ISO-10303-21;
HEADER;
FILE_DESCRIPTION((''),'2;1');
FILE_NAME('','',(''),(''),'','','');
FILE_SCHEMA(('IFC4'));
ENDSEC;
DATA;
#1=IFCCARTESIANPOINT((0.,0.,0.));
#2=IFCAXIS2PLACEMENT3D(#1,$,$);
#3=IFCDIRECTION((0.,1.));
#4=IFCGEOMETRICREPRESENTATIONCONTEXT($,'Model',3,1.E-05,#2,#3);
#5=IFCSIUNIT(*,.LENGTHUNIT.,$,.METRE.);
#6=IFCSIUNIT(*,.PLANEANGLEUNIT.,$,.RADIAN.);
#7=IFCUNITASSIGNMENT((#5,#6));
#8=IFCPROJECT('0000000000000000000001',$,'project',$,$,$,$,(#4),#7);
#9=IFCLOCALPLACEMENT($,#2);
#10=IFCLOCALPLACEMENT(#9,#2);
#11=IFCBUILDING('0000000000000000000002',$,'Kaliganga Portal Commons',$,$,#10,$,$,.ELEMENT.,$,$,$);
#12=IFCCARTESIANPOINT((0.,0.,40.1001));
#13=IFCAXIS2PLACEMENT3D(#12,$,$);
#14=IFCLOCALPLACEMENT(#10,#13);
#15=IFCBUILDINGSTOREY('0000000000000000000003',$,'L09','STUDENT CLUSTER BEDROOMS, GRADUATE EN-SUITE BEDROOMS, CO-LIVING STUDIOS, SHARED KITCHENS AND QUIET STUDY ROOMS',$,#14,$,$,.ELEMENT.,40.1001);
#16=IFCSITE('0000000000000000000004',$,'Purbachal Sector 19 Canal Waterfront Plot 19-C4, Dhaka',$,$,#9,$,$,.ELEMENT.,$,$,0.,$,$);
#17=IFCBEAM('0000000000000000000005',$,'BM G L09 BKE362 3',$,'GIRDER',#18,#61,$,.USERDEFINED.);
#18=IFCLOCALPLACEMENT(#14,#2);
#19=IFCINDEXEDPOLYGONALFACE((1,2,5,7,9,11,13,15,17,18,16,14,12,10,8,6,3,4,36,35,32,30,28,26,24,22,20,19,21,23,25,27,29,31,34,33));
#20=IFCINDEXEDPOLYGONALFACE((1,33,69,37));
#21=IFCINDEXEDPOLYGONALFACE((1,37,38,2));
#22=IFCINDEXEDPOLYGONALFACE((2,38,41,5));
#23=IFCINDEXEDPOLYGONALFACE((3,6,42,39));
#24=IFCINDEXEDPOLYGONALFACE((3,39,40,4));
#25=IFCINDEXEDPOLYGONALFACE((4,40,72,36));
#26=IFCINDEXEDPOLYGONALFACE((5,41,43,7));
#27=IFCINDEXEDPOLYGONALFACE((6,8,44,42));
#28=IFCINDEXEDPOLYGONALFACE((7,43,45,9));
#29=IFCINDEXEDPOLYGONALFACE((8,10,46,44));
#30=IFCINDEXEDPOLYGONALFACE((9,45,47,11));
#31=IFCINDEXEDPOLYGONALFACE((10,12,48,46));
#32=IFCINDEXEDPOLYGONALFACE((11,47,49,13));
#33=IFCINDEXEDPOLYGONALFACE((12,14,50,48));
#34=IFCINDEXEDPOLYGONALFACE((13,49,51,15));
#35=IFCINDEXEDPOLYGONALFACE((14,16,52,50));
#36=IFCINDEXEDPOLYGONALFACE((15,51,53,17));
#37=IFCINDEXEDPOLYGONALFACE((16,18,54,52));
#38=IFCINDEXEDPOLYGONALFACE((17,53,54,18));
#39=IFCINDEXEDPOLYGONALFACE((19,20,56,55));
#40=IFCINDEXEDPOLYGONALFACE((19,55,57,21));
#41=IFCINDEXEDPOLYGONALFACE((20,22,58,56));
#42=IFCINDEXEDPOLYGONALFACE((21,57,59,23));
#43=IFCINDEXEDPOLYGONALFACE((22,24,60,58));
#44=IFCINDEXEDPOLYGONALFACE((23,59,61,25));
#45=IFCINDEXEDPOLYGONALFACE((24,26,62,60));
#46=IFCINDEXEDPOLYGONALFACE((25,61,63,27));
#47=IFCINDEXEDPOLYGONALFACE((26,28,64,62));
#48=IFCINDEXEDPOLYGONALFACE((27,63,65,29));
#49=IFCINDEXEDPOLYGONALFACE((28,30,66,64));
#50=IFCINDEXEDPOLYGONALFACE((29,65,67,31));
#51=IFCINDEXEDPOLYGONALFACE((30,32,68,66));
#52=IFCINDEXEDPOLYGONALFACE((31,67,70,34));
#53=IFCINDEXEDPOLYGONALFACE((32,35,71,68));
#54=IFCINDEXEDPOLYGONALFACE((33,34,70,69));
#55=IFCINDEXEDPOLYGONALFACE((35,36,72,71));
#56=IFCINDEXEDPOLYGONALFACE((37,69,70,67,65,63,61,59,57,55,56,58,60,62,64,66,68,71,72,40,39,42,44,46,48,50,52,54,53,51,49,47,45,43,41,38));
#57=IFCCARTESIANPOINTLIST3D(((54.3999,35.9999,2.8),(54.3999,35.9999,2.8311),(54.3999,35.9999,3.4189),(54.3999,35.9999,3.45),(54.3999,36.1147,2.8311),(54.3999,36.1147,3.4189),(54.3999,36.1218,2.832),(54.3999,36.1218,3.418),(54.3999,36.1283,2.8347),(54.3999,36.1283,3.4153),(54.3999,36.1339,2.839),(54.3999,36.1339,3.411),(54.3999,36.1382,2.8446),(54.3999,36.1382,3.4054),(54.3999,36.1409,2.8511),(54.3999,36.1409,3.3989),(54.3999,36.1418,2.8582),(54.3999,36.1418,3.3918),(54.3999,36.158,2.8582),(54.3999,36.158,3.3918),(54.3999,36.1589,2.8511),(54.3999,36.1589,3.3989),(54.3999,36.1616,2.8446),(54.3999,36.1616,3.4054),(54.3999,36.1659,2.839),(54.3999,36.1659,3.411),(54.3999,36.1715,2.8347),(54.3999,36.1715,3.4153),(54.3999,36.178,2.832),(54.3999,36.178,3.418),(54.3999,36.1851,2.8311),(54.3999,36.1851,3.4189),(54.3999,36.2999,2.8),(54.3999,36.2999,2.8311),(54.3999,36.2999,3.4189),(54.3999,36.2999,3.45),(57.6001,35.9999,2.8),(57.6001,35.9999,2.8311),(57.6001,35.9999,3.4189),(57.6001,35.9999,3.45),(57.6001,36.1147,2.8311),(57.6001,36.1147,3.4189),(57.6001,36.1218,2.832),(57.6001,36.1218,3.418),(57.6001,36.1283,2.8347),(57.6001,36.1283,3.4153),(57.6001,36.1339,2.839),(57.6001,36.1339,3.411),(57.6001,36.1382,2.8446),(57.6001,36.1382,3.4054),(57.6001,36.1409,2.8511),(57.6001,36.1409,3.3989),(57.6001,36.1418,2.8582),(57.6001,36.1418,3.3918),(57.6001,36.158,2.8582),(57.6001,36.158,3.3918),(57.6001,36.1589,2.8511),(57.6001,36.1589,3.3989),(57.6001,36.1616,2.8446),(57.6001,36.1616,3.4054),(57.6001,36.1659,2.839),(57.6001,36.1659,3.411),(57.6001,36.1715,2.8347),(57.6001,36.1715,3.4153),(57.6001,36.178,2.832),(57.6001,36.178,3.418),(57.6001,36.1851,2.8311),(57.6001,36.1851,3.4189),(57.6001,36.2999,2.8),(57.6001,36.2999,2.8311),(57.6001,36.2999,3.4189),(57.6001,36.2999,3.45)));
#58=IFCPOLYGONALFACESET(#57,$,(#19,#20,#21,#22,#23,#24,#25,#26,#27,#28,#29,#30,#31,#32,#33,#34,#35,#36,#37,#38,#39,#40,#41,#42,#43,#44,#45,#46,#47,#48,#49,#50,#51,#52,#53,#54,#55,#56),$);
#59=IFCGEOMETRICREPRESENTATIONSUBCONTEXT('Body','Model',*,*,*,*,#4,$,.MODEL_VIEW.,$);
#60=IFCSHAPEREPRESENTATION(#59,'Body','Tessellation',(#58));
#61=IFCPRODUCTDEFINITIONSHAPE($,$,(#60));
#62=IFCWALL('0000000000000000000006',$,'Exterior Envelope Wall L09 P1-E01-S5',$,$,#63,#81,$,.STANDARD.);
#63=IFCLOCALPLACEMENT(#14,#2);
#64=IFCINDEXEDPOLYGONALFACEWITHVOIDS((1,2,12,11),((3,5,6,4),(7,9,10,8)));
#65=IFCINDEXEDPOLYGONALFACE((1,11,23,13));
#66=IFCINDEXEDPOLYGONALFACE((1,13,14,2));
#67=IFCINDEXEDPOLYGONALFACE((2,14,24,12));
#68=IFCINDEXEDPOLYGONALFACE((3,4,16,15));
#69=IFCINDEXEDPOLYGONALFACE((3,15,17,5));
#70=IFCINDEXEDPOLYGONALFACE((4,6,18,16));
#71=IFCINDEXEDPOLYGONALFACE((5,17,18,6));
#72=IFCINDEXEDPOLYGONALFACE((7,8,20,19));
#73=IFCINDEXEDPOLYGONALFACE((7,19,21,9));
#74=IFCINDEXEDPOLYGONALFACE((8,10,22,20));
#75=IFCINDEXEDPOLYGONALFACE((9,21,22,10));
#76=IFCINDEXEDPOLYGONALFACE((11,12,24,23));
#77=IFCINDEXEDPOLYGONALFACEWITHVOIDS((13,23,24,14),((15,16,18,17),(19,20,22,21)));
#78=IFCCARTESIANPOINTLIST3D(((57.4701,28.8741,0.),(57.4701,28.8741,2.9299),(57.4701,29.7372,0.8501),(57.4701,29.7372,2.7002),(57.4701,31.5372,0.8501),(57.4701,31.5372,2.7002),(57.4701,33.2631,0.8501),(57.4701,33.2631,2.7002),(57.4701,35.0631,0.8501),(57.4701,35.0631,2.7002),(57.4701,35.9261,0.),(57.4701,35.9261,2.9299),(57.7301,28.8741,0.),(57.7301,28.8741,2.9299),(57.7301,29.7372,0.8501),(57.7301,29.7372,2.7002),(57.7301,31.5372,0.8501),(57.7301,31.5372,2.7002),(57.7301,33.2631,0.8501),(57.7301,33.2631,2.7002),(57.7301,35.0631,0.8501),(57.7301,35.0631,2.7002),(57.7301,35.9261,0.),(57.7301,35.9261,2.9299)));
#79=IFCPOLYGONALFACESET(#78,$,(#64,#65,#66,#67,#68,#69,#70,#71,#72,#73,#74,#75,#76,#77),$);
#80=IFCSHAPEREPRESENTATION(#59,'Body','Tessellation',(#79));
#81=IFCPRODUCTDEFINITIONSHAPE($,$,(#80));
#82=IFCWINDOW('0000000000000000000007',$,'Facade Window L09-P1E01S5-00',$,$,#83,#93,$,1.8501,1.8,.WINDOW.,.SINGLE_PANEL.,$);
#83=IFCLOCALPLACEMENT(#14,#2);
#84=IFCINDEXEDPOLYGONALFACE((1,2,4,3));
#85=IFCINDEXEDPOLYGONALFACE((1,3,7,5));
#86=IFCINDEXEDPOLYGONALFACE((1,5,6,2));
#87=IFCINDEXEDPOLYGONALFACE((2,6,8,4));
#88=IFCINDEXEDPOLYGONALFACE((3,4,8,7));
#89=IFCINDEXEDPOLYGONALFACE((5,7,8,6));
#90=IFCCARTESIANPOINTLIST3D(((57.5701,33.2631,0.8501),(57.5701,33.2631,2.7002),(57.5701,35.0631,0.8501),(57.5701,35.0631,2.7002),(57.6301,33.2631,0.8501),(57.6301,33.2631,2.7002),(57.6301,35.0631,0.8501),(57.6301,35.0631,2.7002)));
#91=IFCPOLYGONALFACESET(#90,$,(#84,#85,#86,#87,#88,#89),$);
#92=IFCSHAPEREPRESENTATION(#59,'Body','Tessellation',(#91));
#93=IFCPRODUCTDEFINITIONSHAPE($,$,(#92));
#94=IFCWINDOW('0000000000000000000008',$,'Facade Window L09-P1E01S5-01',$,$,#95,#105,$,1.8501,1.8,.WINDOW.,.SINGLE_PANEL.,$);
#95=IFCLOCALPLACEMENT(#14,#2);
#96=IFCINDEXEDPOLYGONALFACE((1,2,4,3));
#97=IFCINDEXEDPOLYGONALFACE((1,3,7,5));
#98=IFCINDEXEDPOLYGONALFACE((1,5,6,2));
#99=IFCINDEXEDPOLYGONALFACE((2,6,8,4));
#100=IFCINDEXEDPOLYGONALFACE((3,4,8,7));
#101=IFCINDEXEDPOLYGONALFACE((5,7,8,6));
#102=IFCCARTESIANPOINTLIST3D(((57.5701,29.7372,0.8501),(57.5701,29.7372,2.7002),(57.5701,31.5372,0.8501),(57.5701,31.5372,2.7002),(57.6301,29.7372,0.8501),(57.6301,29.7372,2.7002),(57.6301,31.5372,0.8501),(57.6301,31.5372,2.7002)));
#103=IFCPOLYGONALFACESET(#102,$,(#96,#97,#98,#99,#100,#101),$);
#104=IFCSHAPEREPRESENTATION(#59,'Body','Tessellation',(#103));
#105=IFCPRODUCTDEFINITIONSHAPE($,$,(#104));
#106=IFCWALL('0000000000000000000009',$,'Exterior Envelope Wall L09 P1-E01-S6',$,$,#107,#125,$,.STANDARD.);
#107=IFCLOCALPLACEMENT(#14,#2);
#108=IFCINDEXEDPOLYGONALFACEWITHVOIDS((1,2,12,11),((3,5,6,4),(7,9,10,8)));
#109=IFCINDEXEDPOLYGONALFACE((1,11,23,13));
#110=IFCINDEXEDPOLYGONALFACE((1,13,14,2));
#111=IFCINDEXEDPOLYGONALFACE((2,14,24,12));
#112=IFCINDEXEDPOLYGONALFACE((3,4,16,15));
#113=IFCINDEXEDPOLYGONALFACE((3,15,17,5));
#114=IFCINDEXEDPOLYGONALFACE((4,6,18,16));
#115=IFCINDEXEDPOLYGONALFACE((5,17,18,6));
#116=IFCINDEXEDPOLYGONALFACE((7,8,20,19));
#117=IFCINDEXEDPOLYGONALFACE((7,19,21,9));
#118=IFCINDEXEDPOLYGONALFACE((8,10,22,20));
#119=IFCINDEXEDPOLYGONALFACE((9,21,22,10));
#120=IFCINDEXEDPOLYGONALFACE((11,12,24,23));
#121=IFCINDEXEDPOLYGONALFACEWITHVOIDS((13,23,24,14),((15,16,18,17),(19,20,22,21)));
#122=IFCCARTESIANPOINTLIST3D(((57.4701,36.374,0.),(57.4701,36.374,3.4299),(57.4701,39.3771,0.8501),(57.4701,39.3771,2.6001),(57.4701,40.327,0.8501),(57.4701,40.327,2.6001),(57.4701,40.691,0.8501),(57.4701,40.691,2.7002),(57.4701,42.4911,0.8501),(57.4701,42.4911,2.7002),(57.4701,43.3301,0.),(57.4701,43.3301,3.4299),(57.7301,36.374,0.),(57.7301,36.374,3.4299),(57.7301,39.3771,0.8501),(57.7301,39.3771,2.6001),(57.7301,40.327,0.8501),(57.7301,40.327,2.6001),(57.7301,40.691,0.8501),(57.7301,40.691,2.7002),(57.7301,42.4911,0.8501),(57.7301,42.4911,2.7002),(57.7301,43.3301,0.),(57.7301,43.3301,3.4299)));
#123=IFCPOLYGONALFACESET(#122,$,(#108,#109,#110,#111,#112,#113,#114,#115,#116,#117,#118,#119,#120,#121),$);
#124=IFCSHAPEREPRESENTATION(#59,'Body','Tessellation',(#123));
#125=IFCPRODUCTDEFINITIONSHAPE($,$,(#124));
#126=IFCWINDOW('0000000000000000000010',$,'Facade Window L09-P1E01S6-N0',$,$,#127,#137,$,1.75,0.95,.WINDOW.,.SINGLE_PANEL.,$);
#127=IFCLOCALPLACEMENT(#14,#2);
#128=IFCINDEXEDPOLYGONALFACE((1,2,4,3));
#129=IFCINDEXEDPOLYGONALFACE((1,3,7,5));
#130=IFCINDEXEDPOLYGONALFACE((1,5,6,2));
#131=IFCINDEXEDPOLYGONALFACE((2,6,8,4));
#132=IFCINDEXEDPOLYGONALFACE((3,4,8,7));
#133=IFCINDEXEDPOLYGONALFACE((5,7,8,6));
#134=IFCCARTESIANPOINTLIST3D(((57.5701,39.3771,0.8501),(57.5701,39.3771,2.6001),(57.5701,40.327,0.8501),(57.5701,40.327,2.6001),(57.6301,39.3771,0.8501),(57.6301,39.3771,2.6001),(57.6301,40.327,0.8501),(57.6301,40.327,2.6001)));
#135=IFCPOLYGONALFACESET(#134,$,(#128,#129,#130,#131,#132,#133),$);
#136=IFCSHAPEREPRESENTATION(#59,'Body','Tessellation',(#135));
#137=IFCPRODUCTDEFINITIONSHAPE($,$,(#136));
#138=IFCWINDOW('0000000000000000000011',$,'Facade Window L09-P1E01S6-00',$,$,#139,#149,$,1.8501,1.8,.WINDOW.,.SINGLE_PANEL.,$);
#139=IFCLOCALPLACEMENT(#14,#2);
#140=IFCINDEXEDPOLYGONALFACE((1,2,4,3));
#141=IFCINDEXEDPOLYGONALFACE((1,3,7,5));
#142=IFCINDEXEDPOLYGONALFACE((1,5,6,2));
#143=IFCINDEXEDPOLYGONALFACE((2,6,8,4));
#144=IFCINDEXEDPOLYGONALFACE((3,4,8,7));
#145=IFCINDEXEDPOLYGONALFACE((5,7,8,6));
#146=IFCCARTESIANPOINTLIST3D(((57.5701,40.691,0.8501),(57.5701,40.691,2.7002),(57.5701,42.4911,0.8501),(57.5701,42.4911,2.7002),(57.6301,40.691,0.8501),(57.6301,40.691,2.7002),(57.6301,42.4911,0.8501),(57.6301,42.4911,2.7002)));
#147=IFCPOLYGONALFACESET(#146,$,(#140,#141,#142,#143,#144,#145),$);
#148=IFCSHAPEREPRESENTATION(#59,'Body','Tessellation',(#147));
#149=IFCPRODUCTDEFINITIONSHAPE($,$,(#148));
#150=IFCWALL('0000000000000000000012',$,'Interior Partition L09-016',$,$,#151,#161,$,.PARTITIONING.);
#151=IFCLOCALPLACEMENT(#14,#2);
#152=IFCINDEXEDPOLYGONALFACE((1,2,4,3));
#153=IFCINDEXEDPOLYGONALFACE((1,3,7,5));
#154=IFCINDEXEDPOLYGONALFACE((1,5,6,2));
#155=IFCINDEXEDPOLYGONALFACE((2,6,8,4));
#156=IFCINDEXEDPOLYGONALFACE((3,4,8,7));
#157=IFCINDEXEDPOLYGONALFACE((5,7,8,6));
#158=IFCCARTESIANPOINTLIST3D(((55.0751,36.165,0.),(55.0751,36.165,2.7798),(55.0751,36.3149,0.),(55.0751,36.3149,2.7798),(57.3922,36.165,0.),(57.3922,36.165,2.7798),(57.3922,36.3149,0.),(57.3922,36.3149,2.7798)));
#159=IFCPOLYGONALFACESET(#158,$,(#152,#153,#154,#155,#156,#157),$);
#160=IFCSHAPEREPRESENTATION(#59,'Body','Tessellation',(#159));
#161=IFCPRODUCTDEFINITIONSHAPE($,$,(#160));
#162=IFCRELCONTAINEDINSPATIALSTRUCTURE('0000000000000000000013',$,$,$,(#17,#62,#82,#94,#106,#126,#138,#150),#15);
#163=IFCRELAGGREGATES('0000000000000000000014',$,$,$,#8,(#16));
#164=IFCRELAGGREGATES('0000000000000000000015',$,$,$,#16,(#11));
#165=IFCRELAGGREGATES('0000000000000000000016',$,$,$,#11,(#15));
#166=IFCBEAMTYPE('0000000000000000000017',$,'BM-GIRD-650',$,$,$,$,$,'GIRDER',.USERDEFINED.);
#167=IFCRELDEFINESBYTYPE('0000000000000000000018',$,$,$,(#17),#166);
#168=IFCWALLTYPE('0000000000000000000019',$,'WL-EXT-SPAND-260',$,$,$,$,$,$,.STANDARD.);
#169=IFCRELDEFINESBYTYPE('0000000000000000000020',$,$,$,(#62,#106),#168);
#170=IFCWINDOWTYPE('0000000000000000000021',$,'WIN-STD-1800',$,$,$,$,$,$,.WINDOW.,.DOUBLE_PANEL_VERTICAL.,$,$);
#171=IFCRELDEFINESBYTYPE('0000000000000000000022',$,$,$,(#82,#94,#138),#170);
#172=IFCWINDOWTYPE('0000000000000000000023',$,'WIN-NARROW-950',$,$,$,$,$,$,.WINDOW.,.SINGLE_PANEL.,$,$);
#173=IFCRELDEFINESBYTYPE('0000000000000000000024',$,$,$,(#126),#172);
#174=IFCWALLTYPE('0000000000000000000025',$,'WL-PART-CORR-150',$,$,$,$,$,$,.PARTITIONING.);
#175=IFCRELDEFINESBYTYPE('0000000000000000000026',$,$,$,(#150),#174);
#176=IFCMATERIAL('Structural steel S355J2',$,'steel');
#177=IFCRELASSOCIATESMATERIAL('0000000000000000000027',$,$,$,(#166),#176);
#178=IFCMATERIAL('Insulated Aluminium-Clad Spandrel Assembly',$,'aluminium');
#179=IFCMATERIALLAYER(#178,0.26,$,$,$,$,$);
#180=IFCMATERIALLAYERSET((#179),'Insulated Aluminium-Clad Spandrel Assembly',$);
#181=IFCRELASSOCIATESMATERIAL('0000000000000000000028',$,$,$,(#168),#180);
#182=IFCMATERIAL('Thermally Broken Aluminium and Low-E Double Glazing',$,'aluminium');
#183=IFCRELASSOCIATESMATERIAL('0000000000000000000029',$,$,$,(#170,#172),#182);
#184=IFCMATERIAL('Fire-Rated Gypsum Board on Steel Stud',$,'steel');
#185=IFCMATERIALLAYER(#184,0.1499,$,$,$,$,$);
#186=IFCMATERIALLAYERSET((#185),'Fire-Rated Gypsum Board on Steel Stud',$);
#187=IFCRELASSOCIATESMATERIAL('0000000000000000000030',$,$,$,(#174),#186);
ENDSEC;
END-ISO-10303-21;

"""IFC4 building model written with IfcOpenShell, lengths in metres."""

from ifc_helpers import new_model, si_unit, direction, frame, frame_2d, origin, origin_2d, place, context, subcontext, project, spatial, rectangle, i_section, extrude, source, transform, mapped, material, layer, layer_set, material_profile, profile_set, type_object, element, fill, save


model = new_model("IFC4")

# Units and contexts
model_context = context("Model", 3, precision=1e-05, world=origin(), true_north=direction((0.0, 1.0)))
body_context = subcontext(model_context, "Body", "Model", "MODEL_VIEW")
ifc_project = project(units=[si_unit("LENGTHUNIT", "METRE"), si_unit("PLANEANGLEUNIT", "RADIAN")], contexts=[model_context])

# Site, building, storey
site_placement = place(None, origin())
site = spatial("IfcSite", under=ifc_project, at=site_placement, Name="Purbachal Sector 19 Canal Waterfront Plot 19-C4, Dhaka", CompositionType="ELEMENT", RefElevation=0.0)
building_placement = place(site_placement, origin())
building = spatial("IfcBuilding", under=site, at=building_placement, Name="Kaliganga Portal Commons", CompositionType="ELEMENT")
storey_placement = place(building_placement, frame((0.0, 0.0, 40.1001)))
storey = spatial("IfcBuildingStorey", under=building, at=storey_placement, Name="L09", Description="STUDENT CLUSTER BEDROOMS, GRADUATE EN-SUITE BEDROOMS, CO-LIVING STUDIOS, SHARED KITCHENS AND QUIET STUDY ROOMS", CompositionType="ELEMENT", Elevation=40.1001)

# Beam
ifc_material_1 = material(Name="Structural steel S355J2", Category="steel")
ifc_material_profile_1 = material_profile(ifc_material_1, i_section(OverallWidth=0.3, OverallDepth=0.6499, WebThickness=0.0161, FlangeThickness=0.031, FilletRadius=0.0271, at=origin_2d()), Name="HE 650 B")
ifc_profile_set_1 = profile_set([ifc_material_profile_1], Name="Structural steel S355J2 wide-flange")
beam_type_1 = type_object("IfcBeamType", Name="BM-GIRD-650", ElementType="GIRDER", PredefinedType="USERDEFINED", material=ifc_profile_set_1)
shared_shape_1 = source(origin(), body_context, "Body", "SweptSolid", [
    extrude(i_section(OverallWidth=0.3, OverallDepth=0.6499, WebThickness=0.0161, FlangeThickness=0.031, FilletRadius=0.0271, at=origin_2d()), origin(), (0.0, 0.0, 1.0), 3.2002),
])
beam_1_placement = place(storey_placement, frame((54.3999, 36.1499, 3.125), z_axis=(1.0, 0.0, 0.0), x_axis=(0.0, 1.0, 0.0)))
element("IfcBeam", 1, at=beam_1_placement, inside=storey, type_object=beam_type_1, Name="BM G L09 BKE362 3", ObjectType="GIRDER", PredefinedType="USERDEFINED", context=body_context, shape_type="MappedRepresentation", body=[
    mapped(shared_shape_1, transform((0.0, 0.0, 0.0), x_axis=(1.0, 0.0, 0.0), y_axis=(0.0, 1.0, 0.0), z_axis=(0.0, 0.0, 1.0), scale=1.0)),
])

# Walls, openings, windows
ifc_material_2 = material(Name="Insulated Aluminium-Clad Spandrel Assembly", Category="aluminium")
ifc_layer_1 = layer(ifc_material_2, 0.26)
ifc_layer_set_1 = layer_set([ifc_layer_1], Name="Insulated Aluminium-Clad Spandrel Assembly")
wall_type_1 = type_object("IfcWallType", Name="WL-EXT-SPAND-260", PredefinedType="STANDARD", material=ifc_layer_set_1)
wall_1_placement = place(storey_placement, frame((57.6001, 35.926, 0.0), z_axis=(0.0, 0.0, 1.0), x_axis=(0.0, -1.0, 0.0)))
wall_1 = element("IfcWall", 2, at=wall_1_placement, inside=storey, type_object=wall_type_1, Name="Exterior Envelope Wall L09 P1-E01-S5", PredefinedType="STANDARD", context=body_context, shape_type="SweptSolid", body=[
    extrude(rectangle(XDim=7.052, YDim=0.26, at=frame_2d((3.5259, 0.0))), origin(), (0.0, 0.0, 1.0), 2.9299),
])
opening_1_placement = place(wall_1_placement, frame((0.863, 0.0, 0.8501)))
opening_1 = element("IfcOpeningElement", 3, at=opening_1_placement, cuts=wall_1, PredefinedType="OPENING", context=body_context, shape_type="SweptSolid", body=[
    extrude(rectangle(XDim=1.8, YDim=1.8501, at=frame_2d((0.8999, 0.925))), frame((0.0, 0.1401, 0.0), z_axis=(0.0, -1.0, 0.0), x_axis=(1.0, 0.0, 0.0)), (0.0, 0.0, 1.0), 0.28),
])
opening_2_placement = place(wall_1_placement, frame((4.3889, 0.0, 0.8501)))
opening_2 = element("IfcOpeningElement", 4, at=opening_2_placement, cuts=wall_1, PredefinedType="OPENING", context=body_context, shape_type="SweptSolid", body=[
    extrude(rectangle(XDim=1.8, YDim=1.8501, at=frame_2d((0.8999, 0.925))), frame((0.0, 0.1401, 0.0), z_axis=(0.0, -1.0, 0.0), x_axis=(1.0, 0.0, 0.0)), (0.0, 0.0, 1.0), 0.28),
])
ifc_material_3 = material(Name="Thermally Broken Aluminium and Low-E Double Glazing", Category="aluminium")
window_type_1 = type_object("IfcWindowType", Name="WIN-STD-1800", PartitioningType="DOUBLE_PANEL_VERTICAL", PredefinedType="WINDOW", material=ifc_material_3)
window_1_placement = place(opening_1_placement, origin())
window_1 = element("IfcWindow", 5, at=window_1_placement, inside=storey, type_object=window_type_1, Name="Facade Window L09-P1E01S5-00", OverallHeight=1.8501, OverallWidth=1.8, PartitioningType="SINGLE_PANEL", PredefinedType="WINDOW", context=body_context, shape_type="SweptSolid", body=[
    extrude(rectangle(XDim=1.8, YDim=1.8501, at=frame_2d((0.8999, 0.925))), frame((0.0, 0.03, 0.0), z_axis=(0.0, -1.0, 0.0), x_axis=(1.0, 0.0, 0.0)), (0.0, 0.0, 1.0), 0.0601),
])
fill(opening_1, window_1)
window_2_placement = place(opening_2_placement, origin())
window_2 = element("IfcWindow", 6, at=window_2_placement, inside=storey, type_object=window_type_1, Name="Facade Window L09-P1E01S5-01", OverallHeight=1.8501, OverallWidth=1.8, PartitioningType="SINGLE_PANEL", PredefinedType="WINDOW", context=body_context, shape_type="SweptSolid", body=[
    extrude(rectangle(XDim=1.8, YDim=1.8501, at=frame_2d((0.8999, 0.925))), frame((0.0, 0.03, 0.0), z_axis=(0.0, -1.0, 0.0), x_axis=(1.0, 0.0, 0.0)), (0.0, 0.0, 1.0), 0.0601),
])
fill(opening_2, window_2)
wall_2_placement = place(storey_placement, frame((57.6001, 43.3301, 0.0), z_axis=(0.0, 0.0, 1.0), x_axis=(0.0, -1.0, 0.0)))
wall_2 = element("IfcWall", 7, at=wall_2_placement, inside=storey, type_object=wall_type_1, Name="Exterior Envelope Wall L09 P1-E01-S6", PredefinedType="STANDARD", context=body_context, shape_type="SweptSolid", body=[
    extrude(rectangle(XDim=6.9561, YDim=0.26, at=frame_2d((3.478, 0.0))), origin(), (0.0, 0.0, 1.0), 3.4299),
])
opening_3_placement = place(wall_2_placement, frame((0.8391, 0.0, 0.8501)))
opening_3 = element("IfcOpeningElement", 8, at=opening_3_placement, cuts=wall_2, PredefinedType="OPENING", context=body_context, shape_type="SweptSolid", body=[
    extrude(rectangle(XDim=1.8, YDim=1.8501, at=frame_2d((0.8999, 0.925))), frame((0.0, 0.1401, 0.0), z_axis=(0.0, -1.0, 0.0), x_axis=(1.0, 0.0, 0.0)), (0.0, 0.0, 1.0), 0.28),
])
opening_4_placement = place(wall_2_placement, frame((3.0029, 0.0, 0.8501)))
opening_4 = element("IfcOpeningElement", 9, at=opening_4_placement, cuts=wall_2, PredefinedType="OPENING", context=body_context, shape_type="SweptSolid", body=[
    extrude(rectangle(XDim=0.95, YDim=1.75, at=frame_2d((0.4751, 0.875))), frame((0.0, 0.1401, 0.0), z_axis=(0.0, -1.0, 0.0), x_axis=(1.0, 0.0, 0.0)), (0.0, 0.0, 1.0), 0.28),
])
window_type_2 = type_object("IfcWindowType", Name="WIN-NARROW-950", PartitioningType="SINGLE_PANEL", PredefinedType="WINDOW", material=ifc_material_3)
window_3_placement = place(opening_4_placement, origin())
window_3 = element("IfcWindow", 10, at=window_3_placement, inside=storey, type_object=window_type_2, Name="Facade Window L09-P1E01S6-N0", OverallHeight=1.75, OverallWidth=0.95, PartitioningType="SINGLE_PANEL", PredefinedType="WINDOW", context=body_context, shape_type="SweptSolid", body=[
    extrude(rectangle(XDim=0.95, YDim=1.75, at=frame_2d((0.4751, 0.875))), frame((0.0, 0.03, 0.0), z_axis=(0.0, -1.0, 0.0), x_axis=(1.0, 0.0, 0.0)), (0.0, 0.0, 1.0), 0.0601),
])
fill(opening_4, window_3)
window_4_placement = place(opening_3_placement, origin())
window_4 = element("IfcWindow", 11, at=window_4_placement, inside=storey, type_object=window_type_1, Name="Facade Window L09-P1E01S6-00", OverallHeight=1.8501, OverallWidth=1.8, PartitioningType="SINGLE_PANEL", PredefinedType="WINDOW", context=body_context, shape_type="SweptSolid", body=[
    extrude(rectangle(XDim=1.8, YDim=1.8501, at=frame_2d((0.8999, 0.925))), frame((0.0, 0.03, 0.0), z_axis=(0.0, -1.0, 0.0), x_axis=(1.0, 0.0, 0.0)), (0.0, 0.0, 1.0), 0.0601),
])
fill(opening_3, window_4)

# Shared definitions
ifc_material_4 = material(Name="Fire-Rated Gypsum Board on Steel Stud", Category="steel")
ifc_layer_2 = layer(ifc_material_4, 0.1499)
ifc_layer_set_2 = layer_set([ifc_layer_2], Name="Fire-Rated Gypsum Board on Steel Stud")
wall_type_2 = type_object("IfcWallType", Name="WL-PART-CORR-150", PredefinedType="PARTITIONING", material=ifc_layer_set_2)

# Wall
wall_3_placement = place(storey_placement, frame((55.075, 36.24, 0.0), z_axis=(0.0, 0.0, 1.0), x_axis=(1.0, 0.0, 0.0)))
element("IfcWall", 12, at=wall_3_placement, inside=storey, type_object=wall_type_2, Name="Interior Partition L09-016", PredefinedType="PARTITIONING", context=body_context, shape_type="SweptSolid", body=[
    extrude(rectangle(XDim=2.3171, YDim=0.1499, at=frame_2d((1.1587, 0.0))), origin(), (0.0, 0.0, 1.0), 2.7798),
])

save(model, "model.ifc")
